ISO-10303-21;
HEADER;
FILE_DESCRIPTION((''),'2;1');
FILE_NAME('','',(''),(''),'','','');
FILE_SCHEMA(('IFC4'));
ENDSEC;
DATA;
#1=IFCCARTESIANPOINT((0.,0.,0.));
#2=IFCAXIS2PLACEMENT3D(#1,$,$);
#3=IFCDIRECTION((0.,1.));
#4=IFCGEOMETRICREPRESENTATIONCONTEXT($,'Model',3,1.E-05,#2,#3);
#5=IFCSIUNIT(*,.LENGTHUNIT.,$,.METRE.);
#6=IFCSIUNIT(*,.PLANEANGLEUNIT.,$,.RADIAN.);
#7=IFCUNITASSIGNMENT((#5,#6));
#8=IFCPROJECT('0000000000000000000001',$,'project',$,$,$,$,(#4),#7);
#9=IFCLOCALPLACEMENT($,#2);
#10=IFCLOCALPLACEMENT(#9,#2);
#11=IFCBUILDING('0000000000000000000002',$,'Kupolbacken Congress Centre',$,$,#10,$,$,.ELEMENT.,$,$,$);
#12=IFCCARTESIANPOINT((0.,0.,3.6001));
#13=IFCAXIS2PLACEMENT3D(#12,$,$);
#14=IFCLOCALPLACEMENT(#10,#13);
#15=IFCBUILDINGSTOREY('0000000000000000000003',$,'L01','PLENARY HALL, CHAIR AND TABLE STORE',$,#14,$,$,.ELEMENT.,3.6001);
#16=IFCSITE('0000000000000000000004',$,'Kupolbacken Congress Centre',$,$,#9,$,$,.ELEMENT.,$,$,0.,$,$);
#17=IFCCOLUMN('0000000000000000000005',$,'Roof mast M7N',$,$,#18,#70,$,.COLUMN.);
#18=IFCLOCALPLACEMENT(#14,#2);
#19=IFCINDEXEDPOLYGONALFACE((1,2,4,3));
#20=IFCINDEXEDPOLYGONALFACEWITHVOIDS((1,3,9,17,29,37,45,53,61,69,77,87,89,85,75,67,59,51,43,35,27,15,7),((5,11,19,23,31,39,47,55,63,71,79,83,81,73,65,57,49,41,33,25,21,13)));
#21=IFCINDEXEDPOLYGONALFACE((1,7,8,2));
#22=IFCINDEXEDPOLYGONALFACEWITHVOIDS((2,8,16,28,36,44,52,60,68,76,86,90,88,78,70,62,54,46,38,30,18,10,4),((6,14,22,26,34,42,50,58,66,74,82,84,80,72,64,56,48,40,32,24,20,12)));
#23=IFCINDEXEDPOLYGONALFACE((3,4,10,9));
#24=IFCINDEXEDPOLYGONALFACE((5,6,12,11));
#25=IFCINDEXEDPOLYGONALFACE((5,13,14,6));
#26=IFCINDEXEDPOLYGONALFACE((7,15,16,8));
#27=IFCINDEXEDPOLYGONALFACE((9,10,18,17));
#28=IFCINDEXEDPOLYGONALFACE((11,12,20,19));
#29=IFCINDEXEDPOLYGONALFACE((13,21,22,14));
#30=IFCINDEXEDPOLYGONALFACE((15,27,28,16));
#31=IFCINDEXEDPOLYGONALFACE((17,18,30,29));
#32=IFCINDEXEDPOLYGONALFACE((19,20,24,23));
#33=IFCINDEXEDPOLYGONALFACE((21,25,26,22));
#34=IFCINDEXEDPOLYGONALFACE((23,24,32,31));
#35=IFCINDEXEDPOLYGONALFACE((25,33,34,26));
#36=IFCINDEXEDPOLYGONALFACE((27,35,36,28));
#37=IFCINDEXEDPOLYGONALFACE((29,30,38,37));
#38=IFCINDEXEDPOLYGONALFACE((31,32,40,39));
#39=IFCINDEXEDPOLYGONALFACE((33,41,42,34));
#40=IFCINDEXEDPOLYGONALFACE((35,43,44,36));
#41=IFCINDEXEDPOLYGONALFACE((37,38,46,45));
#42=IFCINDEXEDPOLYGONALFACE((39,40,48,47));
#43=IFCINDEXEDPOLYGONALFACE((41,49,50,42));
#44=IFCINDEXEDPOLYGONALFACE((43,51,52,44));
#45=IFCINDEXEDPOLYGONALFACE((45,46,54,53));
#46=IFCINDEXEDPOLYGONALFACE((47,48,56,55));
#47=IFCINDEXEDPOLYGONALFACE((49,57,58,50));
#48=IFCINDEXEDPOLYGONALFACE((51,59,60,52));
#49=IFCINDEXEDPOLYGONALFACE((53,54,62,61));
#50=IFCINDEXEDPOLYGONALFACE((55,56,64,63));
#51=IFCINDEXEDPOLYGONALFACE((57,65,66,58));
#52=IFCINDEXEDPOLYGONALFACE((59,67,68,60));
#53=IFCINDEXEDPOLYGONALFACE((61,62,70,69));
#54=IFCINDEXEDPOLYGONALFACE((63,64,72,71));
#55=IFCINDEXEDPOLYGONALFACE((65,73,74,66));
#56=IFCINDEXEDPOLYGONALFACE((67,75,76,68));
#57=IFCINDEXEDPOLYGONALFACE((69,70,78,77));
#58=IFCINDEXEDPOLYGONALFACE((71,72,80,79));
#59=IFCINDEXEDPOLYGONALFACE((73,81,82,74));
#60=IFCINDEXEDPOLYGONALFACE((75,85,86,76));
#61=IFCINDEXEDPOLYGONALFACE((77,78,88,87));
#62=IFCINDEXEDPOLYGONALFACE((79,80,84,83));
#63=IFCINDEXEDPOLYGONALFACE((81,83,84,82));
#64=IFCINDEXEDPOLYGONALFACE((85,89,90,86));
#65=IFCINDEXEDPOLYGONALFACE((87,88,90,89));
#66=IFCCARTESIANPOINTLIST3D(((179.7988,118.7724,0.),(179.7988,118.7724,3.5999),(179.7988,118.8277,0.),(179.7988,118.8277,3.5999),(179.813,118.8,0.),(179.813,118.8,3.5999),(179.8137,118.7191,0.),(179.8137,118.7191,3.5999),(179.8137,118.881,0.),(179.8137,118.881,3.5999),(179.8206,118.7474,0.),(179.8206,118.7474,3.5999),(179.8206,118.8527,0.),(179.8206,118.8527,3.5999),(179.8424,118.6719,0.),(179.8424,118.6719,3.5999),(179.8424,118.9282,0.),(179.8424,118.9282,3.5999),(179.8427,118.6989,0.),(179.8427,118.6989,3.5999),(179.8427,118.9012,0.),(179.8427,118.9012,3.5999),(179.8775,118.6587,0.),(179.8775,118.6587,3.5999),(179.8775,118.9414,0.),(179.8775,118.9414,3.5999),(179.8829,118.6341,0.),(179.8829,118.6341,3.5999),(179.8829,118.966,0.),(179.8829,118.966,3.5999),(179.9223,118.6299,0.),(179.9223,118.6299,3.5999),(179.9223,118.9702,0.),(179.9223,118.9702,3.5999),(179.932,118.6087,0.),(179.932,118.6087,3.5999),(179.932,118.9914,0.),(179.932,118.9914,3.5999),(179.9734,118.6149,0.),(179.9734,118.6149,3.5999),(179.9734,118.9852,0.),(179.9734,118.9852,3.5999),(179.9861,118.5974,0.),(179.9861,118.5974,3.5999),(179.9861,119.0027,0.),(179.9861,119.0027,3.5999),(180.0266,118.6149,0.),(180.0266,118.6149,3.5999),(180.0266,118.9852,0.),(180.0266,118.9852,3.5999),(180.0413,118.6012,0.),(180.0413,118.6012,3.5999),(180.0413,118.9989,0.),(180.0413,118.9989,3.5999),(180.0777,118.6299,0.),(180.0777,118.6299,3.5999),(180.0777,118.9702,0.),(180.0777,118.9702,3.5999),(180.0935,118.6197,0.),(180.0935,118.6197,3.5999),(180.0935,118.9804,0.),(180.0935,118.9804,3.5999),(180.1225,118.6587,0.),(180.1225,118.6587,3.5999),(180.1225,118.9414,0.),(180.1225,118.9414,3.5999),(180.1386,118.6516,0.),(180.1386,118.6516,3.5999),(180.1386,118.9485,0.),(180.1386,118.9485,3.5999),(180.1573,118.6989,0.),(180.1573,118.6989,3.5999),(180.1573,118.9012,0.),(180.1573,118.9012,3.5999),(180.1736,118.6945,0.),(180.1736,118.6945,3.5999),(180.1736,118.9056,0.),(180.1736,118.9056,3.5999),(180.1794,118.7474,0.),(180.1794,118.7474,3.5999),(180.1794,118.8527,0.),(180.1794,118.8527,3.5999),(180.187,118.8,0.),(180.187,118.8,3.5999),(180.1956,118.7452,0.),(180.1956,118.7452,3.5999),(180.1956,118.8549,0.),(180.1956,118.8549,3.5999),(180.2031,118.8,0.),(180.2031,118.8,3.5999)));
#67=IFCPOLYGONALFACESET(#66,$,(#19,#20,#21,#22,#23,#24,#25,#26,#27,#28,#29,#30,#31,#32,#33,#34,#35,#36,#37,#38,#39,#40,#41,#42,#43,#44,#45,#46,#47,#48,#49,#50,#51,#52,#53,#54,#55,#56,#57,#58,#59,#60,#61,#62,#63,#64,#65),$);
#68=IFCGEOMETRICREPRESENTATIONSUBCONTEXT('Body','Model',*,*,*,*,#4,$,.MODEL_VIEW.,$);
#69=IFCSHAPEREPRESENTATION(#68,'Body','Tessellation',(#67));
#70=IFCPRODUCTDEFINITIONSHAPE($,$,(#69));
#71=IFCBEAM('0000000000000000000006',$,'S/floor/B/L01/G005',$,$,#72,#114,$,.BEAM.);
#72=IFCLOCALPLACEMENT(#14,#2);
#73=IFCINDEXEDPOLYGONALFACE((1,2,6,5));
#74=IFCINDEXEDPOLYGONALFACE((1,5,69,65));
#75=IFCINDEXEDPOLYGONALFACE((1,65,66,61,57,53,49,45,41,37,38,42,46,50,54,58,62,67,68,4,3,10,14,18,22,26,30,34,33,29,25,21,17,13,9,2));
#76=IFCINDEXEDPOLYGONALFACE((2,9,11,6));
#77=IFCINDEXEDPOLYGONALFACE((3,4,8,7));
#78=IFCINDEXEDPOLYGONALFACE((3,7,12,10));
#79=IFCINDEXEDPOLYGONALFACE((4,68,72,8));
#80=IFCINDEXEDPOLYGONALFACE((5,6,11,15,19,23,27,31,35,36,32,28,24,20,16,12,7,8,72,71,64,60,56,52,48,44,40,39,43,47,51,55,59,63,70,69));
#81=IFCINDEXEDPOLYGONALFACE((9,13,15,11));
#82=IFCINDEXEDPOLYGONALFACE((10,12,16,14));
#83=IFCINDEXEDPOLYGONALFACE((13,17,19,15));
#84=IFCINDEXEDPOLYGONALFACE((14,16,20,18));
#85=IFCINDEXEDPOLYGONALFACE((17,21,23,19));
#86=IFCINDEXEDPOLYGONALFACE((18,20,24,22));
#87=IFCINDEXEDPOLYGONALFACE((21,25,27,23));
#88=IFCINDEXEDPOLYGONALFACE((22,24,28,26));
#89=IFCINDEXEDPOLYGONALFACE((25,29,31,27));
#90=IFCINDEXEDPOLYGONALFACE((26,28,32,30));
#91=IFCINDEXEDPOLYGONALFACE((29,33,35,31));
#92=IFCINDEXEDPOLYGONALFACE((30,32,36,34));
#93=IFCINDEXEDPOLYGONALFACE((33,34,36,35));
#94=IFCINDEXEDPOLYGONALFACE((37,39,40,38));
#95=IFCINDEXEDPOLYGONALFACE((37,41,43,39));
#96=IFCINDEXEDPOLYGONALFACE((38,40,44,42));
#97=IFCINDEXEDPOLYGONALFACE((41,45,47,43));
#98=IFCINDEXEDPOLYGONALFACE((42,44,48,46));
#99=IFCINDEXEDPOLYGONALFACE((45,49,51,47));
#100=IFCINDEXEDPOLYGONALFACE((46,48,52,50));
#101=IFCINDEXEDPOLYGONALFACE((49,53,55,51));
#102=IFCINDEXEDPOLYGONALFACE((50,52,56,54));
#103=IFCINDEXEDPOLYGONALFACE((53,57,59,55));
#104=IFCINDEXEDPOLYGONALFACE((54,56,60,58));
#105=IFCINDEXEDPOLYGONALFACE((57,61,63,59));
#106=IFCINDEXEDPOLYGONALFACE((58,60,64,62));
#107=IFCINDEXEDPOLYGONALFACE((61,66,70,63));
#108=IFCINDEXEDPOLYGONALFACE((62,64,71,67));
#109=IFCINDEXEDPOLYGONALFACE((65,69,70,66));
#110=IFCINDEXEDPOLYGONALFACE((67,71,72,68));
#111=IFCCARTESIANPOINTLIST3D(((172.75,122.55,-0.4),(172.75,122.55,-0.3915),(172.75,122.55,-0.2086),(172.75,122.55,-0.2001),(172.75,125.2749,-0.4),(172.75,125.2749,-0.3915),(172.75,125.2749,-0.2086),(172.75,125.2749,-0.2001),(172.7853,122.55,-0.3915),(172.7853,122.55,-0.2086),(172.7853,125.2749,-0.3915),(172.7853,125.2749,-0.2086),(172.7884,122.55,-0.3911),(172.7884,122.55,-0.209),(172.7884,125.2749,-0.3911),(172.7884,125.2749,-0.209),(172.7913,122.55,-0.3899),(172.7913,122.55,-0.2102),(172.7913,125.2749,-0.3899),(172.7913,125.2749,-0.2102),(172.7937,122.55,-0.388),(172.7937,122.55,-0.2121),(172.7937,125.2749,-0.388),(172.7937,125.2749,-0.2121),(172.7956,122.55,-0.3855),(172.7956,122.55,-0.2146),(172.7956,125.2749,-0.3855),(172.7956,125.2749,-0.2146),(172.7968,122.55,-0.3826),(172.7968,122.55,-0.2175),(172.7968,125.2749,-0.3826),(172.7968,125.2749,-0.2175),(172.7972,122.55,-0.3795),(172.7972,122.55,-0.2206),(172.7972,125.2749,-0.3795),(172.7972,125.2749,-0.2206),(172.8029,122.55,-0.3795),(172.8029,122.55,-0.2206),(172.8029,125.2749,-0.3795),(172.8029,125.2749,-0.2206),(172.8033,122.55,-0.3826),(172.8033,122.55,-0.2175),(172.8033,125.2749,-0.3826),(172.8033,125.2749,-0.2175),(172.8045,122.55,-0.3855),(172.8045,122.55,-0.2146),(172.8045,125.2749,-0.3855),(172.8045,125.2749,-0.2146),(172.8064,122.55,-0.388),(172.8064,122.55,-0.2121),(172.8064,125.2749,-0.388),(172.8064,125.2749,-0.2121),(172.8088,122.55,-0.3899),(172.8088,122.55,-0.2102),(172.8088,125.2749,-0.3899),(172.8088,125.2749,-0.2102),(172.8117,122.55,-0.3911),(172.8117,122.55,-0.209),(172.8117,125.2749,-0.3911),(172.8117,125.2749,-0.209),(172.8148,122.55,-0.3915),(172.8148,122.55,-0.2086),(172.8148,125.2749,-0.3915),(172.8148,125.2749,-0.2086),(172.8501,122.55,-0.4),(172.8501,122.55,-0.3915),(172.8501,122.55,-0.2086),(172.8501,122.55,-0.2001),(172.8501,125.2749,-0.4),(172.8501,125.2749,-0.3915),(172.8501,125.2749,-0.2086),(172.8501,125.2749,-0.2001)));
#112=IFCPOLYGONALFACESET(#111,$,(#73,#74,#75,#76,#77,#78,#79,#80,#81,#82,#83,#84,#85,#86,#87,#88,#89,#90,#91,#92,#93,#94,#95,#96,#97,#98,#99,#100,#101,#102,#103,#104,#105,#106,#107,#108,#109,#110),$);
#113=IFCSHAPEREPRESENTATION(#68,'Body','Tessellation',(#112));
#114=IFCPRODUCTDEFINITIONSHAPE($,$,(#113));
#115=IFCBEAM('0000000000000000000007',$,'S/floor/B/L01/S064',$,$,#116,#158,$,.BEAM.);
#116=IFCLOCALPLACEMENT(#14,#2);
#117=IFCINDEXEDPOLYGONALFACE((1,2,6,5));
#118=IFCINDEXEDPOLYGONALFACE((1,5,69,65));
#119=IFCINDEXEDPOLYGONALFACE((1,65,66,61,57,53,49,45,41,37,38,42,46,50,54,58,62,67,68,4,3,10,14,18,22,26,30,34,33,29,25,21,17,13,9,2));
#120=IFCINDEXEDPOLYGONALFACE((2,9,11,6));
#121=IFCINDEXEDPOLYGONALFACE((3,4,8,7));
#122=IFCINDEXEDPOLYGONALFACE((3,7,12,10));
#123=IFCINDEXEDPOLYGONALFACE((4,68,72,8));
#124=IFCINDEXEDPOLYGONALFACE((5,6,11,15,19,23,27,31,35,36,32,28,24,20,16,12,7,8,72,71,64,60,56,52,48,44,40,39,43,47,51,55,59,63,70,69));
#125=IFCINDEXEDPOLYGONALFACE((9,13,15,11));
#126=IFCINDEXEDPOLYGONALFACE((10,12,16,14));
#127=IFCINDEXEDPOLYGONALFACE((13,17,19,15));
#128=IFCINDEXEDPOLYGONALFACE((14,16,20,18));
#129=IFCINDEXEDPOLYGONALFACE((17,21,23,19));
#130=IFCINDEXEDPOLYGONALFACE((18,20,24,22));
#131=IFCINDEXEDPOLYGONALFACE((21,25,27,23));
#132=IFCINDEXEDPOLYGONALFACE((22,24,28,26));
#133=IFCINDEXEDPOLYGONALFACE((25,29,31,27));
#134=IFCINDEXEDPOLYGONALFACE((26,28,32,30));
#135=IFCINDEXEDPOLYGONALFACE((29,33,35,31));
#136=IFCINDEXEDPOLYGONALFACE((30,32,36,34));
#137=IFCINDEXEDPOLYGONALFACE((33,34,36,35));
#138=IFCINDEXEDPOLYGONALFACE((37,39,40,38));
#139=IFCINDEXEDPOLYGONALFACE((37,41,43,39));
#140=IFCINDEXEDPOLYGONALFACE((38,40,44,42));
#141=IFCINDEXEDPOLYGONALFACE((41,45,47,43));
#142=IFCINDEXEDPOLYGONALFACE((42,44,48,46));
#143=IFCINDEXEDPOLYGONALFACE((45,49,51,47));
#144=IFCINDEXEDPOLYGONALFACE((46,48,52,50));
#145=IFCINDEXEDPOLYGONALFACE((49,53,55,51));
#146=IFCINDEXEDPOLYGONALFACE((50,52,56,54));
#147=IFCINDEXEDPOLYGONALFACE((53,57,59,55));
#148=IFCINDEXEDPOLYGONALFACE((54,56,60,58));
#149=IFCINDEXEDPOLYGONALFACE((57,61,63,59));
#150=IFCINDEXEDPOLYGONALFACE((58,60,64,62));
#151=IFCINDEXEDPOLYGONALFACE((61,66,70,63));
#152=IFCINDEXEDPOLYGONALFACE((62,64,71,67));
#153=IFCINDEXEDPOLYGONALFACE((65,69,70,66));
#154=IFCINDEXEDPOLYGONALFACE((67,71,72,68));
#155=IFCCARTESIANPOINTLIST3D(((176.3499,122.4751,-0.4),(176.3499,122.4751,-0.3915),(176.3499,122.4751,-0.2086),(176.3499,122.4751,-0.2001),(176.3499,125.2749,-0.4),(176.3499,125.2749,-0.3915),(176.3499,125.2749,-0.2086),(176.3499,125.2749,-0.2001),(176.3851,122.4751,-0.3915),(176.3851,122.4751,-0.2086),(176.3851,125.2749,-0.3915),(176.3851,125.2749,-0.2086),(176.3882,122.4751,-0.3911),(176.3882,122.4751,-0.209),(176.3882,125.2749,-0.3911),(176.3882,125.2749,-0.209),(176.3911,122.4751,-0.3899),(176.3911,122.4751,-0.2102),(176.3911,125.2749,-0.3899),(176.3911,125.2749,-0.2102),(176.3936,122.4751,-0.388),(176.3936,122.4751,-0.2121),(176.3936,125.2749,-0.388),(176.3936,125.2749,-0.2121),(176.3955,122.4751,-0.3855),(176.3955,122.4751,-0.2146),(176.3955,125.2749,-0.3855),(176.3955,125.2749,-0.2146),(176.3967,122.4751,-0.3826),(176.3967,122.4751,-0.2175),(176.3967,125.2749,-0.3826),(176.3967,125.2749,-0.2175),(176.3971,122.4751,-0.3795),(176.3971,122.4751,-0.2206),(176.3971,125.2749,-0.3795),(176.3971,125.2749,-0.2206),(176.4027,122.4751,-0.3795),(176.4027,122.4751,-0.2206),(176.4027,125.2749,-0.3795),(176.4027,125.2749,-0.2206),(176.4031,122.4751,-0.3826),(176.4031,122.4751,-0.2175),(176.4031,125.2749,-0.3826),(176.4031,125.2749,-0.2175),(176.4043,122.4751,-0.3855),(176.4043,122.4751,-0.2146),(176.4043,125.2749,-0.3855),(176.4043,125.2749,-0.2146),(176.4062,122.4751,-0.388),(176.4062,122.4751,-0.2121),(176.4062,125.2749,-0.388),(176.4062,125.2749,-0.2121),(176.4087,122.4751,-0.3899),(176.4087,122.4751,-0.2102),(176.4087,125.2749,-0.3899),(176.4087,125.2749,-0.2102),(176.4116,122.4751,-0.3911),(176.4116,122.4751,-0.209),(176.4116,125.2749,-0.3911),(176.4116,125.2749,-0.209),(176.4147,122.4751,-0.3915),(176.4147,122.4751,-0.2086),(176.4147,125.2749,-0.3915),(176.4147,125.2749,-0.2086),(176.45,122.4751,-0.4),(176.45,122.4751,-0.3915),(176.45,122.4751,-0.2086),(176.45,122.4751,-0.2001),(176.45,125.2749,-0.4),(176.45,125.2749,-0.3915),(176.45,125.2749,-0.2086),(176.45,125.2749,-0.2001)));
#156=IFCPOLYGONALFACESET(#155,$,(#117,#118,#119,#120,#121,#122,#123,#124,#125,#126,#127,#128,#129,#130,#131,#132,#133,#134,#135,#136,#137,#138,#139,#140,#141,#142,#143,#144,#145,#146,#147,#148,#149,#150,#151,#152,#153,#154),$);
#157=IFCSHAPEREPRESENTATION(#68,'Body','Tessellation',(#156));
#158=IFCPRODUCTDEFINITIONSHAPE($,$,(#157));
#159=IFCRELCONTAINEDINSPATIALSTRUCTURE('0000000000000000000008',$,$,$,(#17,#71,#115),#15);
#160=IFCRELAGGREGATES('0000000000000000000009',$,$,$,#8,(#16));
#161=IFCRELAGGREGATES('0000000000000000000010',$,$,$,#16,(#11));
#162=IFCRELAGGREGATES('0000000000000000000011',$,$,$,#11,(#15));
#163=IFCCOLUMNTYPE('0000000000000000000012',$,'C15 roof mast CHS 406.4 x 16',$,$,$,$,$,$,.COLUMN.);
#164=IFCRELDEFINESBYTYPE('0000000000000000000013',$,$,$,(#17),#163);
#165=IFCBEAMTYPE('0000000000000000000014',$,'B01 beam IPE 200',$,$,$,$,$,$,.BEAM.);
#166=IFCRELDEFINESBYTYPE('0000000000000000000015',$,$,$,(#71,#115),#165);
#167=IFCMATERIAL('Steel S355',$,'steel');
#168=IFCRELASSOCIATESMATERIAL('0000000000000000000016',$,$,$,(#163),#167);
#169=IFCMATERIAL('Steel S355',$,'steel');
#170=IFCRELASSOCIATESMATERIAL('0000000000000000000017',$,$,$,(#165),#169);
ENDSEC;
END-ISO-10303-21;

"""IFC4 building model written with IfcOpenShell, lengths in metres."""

from ifc_helpers import new_model, si_unit, direction, frame, origin, origin_2d, place, context, subcontext, project, spatial, hollow_circle, i_section, extrude, material, material_profile, profile_set, type_object, element, save


model = new_model("IFC4")

# Units and contexts
model_context = context("Model", 3, precision=1e-05, world=origin(), true_north=direction((0.0, 1.0)))
body_context = subcontext(model_context, "Body", "Model", "MODEL_VIEW")
ifc_project = project(units=[si_unit("LENGTHUNIT", "METRE"), si_unit("PLANEANGLEUNIT", "RADIAN")], contexts=[model_context])

# Site, building, storey
site_placement = place(None, origin())
site = spatial("IfcSite", under=ifc_project, at=site_placement, Name="Kupolbacken Congress Centre", CompositionType="ELEMENT", RefElevation=0.0)
building_placement = place(site_placement, origin())
building = spatial("IfcBuilding", under=site, at=building_placement, Name="Kupolbacken Congress Centre", CompositionType="ELEMENT")
storey_placement = place(building_placement, frame((0.0, 0.0, 3.6001)))
storey = spatial("IfcBuildingStorey", under=building, at=storey_placement, Name="L01", Description="PLENARY HALL, CHAIR AND TABLE STORE", CompositionType="ELEMENT", Elevation=3.6001)

# Column
ifc_material_1 = material(Name="Steel S355", Category="steel")
ifc_material_profile_1 = material_profile(ifc_material_1, hollow_circle(Radius=0.2031, WallThickness=0.0161, at=origin_2d()), Name="CHS 406.4 x 16")
ifc_profile_set_1 = profile_set([ifc_material_profile_1], Name="Steel S355")
column_type_1 = type_object("IfcColumnType", Name="C15 roof mast CHS 406.4 x 16", PredefinedType="COLUMN", material=ifc_profile_set_1)
for number, where, z_axis, x_axis, name in (
    (1, (180.0, 118.8, 0.0), (0.0, 0.0, 1.0), (1.0, 0.0, 0.0), "Roof mast M7N"),
):
    element("IfcColumn", number, at=place(storey_placement, frame(where, z_axis=z_axis, x_axis=x_axis)), inside=storey, type_object=column_type_1, Name=name, PredefinedType="COLUMN", context=body_context, shape_type="SweptSolid", body=[
        extrude(hollow_circle(Radius=0.2031, WallThickness=0.0161, at=origin_2d()), origin(), (0.0, 0.0, 1.0), 3.5999),
    ])

# Beams
ifc_material_2 = material(Name="Steel S355", Category="steel")
ifc_material_profile_2 = material_profile(ifc_material_2, i_section(OverallWidth=0.1001, OverallDepth=0.2, WebThickness=0.0056, FlangeThickness=0.0085, FilletRadius=0.012, at=origin_2d()), Name="IPE 200")
ifc_profile_set_2 = profile_set([ifc_material_profile_2], Name="Steel S355")
beam_type_1 = type_object("IfcBeamType", Name="B01 beam IPE 200", PredefinedType="BEAM", material=ifc_profile_set_2)
beam_1_placement = place(storey_placement, frame((172.8, 122.55, -0.3), z_axis=(0.0, 1.0, 0.0), x_axis=(-1.0, 0.0, 0.0)))
element("IfcBeam", 2, at=beam_1_placement, inside=storey, type_object=beam_type_1, Name="S/floor/B/L01/G005", PredefinedType="BEAM", context=body_context, shape_type="SweptSolid", body=[
    extrude(i_section(OverallWidth=0.1001, OverallDepth=0.2, WebThickness=0.0056, FlangeThickness=0.0085, FilletRadius=0.012, at=origin_2d()), origin(), (0.0, 0.0, 1.0), 2.7249),
])
beam_2_placement = place(storey_placement, frame((176.3999, 122.4751, -0.3), z_axis=(0.0, 1.0, 0.0), x_axis=(-1.0, 0.0, 0.0)))
element("IfcBeam", 3, at=beam_2_placement, inside=storey, type_object=beam_type_1, Name="S/floor/B/L01/S064", PredefinedType="BEAM", context=body_context, shape_type="SweptSolid", body=[
    extrude(i_section(OverallWidth=0.1001, OverallDepth=0.2, WebThickness=0.0056, FlangeThickness=0.0085, FilletRadius=0.012, at=origin_2d()), origin(), (0.0, 0.0, 1.0), 2.7998),
])

save(model, "model.ifc")
